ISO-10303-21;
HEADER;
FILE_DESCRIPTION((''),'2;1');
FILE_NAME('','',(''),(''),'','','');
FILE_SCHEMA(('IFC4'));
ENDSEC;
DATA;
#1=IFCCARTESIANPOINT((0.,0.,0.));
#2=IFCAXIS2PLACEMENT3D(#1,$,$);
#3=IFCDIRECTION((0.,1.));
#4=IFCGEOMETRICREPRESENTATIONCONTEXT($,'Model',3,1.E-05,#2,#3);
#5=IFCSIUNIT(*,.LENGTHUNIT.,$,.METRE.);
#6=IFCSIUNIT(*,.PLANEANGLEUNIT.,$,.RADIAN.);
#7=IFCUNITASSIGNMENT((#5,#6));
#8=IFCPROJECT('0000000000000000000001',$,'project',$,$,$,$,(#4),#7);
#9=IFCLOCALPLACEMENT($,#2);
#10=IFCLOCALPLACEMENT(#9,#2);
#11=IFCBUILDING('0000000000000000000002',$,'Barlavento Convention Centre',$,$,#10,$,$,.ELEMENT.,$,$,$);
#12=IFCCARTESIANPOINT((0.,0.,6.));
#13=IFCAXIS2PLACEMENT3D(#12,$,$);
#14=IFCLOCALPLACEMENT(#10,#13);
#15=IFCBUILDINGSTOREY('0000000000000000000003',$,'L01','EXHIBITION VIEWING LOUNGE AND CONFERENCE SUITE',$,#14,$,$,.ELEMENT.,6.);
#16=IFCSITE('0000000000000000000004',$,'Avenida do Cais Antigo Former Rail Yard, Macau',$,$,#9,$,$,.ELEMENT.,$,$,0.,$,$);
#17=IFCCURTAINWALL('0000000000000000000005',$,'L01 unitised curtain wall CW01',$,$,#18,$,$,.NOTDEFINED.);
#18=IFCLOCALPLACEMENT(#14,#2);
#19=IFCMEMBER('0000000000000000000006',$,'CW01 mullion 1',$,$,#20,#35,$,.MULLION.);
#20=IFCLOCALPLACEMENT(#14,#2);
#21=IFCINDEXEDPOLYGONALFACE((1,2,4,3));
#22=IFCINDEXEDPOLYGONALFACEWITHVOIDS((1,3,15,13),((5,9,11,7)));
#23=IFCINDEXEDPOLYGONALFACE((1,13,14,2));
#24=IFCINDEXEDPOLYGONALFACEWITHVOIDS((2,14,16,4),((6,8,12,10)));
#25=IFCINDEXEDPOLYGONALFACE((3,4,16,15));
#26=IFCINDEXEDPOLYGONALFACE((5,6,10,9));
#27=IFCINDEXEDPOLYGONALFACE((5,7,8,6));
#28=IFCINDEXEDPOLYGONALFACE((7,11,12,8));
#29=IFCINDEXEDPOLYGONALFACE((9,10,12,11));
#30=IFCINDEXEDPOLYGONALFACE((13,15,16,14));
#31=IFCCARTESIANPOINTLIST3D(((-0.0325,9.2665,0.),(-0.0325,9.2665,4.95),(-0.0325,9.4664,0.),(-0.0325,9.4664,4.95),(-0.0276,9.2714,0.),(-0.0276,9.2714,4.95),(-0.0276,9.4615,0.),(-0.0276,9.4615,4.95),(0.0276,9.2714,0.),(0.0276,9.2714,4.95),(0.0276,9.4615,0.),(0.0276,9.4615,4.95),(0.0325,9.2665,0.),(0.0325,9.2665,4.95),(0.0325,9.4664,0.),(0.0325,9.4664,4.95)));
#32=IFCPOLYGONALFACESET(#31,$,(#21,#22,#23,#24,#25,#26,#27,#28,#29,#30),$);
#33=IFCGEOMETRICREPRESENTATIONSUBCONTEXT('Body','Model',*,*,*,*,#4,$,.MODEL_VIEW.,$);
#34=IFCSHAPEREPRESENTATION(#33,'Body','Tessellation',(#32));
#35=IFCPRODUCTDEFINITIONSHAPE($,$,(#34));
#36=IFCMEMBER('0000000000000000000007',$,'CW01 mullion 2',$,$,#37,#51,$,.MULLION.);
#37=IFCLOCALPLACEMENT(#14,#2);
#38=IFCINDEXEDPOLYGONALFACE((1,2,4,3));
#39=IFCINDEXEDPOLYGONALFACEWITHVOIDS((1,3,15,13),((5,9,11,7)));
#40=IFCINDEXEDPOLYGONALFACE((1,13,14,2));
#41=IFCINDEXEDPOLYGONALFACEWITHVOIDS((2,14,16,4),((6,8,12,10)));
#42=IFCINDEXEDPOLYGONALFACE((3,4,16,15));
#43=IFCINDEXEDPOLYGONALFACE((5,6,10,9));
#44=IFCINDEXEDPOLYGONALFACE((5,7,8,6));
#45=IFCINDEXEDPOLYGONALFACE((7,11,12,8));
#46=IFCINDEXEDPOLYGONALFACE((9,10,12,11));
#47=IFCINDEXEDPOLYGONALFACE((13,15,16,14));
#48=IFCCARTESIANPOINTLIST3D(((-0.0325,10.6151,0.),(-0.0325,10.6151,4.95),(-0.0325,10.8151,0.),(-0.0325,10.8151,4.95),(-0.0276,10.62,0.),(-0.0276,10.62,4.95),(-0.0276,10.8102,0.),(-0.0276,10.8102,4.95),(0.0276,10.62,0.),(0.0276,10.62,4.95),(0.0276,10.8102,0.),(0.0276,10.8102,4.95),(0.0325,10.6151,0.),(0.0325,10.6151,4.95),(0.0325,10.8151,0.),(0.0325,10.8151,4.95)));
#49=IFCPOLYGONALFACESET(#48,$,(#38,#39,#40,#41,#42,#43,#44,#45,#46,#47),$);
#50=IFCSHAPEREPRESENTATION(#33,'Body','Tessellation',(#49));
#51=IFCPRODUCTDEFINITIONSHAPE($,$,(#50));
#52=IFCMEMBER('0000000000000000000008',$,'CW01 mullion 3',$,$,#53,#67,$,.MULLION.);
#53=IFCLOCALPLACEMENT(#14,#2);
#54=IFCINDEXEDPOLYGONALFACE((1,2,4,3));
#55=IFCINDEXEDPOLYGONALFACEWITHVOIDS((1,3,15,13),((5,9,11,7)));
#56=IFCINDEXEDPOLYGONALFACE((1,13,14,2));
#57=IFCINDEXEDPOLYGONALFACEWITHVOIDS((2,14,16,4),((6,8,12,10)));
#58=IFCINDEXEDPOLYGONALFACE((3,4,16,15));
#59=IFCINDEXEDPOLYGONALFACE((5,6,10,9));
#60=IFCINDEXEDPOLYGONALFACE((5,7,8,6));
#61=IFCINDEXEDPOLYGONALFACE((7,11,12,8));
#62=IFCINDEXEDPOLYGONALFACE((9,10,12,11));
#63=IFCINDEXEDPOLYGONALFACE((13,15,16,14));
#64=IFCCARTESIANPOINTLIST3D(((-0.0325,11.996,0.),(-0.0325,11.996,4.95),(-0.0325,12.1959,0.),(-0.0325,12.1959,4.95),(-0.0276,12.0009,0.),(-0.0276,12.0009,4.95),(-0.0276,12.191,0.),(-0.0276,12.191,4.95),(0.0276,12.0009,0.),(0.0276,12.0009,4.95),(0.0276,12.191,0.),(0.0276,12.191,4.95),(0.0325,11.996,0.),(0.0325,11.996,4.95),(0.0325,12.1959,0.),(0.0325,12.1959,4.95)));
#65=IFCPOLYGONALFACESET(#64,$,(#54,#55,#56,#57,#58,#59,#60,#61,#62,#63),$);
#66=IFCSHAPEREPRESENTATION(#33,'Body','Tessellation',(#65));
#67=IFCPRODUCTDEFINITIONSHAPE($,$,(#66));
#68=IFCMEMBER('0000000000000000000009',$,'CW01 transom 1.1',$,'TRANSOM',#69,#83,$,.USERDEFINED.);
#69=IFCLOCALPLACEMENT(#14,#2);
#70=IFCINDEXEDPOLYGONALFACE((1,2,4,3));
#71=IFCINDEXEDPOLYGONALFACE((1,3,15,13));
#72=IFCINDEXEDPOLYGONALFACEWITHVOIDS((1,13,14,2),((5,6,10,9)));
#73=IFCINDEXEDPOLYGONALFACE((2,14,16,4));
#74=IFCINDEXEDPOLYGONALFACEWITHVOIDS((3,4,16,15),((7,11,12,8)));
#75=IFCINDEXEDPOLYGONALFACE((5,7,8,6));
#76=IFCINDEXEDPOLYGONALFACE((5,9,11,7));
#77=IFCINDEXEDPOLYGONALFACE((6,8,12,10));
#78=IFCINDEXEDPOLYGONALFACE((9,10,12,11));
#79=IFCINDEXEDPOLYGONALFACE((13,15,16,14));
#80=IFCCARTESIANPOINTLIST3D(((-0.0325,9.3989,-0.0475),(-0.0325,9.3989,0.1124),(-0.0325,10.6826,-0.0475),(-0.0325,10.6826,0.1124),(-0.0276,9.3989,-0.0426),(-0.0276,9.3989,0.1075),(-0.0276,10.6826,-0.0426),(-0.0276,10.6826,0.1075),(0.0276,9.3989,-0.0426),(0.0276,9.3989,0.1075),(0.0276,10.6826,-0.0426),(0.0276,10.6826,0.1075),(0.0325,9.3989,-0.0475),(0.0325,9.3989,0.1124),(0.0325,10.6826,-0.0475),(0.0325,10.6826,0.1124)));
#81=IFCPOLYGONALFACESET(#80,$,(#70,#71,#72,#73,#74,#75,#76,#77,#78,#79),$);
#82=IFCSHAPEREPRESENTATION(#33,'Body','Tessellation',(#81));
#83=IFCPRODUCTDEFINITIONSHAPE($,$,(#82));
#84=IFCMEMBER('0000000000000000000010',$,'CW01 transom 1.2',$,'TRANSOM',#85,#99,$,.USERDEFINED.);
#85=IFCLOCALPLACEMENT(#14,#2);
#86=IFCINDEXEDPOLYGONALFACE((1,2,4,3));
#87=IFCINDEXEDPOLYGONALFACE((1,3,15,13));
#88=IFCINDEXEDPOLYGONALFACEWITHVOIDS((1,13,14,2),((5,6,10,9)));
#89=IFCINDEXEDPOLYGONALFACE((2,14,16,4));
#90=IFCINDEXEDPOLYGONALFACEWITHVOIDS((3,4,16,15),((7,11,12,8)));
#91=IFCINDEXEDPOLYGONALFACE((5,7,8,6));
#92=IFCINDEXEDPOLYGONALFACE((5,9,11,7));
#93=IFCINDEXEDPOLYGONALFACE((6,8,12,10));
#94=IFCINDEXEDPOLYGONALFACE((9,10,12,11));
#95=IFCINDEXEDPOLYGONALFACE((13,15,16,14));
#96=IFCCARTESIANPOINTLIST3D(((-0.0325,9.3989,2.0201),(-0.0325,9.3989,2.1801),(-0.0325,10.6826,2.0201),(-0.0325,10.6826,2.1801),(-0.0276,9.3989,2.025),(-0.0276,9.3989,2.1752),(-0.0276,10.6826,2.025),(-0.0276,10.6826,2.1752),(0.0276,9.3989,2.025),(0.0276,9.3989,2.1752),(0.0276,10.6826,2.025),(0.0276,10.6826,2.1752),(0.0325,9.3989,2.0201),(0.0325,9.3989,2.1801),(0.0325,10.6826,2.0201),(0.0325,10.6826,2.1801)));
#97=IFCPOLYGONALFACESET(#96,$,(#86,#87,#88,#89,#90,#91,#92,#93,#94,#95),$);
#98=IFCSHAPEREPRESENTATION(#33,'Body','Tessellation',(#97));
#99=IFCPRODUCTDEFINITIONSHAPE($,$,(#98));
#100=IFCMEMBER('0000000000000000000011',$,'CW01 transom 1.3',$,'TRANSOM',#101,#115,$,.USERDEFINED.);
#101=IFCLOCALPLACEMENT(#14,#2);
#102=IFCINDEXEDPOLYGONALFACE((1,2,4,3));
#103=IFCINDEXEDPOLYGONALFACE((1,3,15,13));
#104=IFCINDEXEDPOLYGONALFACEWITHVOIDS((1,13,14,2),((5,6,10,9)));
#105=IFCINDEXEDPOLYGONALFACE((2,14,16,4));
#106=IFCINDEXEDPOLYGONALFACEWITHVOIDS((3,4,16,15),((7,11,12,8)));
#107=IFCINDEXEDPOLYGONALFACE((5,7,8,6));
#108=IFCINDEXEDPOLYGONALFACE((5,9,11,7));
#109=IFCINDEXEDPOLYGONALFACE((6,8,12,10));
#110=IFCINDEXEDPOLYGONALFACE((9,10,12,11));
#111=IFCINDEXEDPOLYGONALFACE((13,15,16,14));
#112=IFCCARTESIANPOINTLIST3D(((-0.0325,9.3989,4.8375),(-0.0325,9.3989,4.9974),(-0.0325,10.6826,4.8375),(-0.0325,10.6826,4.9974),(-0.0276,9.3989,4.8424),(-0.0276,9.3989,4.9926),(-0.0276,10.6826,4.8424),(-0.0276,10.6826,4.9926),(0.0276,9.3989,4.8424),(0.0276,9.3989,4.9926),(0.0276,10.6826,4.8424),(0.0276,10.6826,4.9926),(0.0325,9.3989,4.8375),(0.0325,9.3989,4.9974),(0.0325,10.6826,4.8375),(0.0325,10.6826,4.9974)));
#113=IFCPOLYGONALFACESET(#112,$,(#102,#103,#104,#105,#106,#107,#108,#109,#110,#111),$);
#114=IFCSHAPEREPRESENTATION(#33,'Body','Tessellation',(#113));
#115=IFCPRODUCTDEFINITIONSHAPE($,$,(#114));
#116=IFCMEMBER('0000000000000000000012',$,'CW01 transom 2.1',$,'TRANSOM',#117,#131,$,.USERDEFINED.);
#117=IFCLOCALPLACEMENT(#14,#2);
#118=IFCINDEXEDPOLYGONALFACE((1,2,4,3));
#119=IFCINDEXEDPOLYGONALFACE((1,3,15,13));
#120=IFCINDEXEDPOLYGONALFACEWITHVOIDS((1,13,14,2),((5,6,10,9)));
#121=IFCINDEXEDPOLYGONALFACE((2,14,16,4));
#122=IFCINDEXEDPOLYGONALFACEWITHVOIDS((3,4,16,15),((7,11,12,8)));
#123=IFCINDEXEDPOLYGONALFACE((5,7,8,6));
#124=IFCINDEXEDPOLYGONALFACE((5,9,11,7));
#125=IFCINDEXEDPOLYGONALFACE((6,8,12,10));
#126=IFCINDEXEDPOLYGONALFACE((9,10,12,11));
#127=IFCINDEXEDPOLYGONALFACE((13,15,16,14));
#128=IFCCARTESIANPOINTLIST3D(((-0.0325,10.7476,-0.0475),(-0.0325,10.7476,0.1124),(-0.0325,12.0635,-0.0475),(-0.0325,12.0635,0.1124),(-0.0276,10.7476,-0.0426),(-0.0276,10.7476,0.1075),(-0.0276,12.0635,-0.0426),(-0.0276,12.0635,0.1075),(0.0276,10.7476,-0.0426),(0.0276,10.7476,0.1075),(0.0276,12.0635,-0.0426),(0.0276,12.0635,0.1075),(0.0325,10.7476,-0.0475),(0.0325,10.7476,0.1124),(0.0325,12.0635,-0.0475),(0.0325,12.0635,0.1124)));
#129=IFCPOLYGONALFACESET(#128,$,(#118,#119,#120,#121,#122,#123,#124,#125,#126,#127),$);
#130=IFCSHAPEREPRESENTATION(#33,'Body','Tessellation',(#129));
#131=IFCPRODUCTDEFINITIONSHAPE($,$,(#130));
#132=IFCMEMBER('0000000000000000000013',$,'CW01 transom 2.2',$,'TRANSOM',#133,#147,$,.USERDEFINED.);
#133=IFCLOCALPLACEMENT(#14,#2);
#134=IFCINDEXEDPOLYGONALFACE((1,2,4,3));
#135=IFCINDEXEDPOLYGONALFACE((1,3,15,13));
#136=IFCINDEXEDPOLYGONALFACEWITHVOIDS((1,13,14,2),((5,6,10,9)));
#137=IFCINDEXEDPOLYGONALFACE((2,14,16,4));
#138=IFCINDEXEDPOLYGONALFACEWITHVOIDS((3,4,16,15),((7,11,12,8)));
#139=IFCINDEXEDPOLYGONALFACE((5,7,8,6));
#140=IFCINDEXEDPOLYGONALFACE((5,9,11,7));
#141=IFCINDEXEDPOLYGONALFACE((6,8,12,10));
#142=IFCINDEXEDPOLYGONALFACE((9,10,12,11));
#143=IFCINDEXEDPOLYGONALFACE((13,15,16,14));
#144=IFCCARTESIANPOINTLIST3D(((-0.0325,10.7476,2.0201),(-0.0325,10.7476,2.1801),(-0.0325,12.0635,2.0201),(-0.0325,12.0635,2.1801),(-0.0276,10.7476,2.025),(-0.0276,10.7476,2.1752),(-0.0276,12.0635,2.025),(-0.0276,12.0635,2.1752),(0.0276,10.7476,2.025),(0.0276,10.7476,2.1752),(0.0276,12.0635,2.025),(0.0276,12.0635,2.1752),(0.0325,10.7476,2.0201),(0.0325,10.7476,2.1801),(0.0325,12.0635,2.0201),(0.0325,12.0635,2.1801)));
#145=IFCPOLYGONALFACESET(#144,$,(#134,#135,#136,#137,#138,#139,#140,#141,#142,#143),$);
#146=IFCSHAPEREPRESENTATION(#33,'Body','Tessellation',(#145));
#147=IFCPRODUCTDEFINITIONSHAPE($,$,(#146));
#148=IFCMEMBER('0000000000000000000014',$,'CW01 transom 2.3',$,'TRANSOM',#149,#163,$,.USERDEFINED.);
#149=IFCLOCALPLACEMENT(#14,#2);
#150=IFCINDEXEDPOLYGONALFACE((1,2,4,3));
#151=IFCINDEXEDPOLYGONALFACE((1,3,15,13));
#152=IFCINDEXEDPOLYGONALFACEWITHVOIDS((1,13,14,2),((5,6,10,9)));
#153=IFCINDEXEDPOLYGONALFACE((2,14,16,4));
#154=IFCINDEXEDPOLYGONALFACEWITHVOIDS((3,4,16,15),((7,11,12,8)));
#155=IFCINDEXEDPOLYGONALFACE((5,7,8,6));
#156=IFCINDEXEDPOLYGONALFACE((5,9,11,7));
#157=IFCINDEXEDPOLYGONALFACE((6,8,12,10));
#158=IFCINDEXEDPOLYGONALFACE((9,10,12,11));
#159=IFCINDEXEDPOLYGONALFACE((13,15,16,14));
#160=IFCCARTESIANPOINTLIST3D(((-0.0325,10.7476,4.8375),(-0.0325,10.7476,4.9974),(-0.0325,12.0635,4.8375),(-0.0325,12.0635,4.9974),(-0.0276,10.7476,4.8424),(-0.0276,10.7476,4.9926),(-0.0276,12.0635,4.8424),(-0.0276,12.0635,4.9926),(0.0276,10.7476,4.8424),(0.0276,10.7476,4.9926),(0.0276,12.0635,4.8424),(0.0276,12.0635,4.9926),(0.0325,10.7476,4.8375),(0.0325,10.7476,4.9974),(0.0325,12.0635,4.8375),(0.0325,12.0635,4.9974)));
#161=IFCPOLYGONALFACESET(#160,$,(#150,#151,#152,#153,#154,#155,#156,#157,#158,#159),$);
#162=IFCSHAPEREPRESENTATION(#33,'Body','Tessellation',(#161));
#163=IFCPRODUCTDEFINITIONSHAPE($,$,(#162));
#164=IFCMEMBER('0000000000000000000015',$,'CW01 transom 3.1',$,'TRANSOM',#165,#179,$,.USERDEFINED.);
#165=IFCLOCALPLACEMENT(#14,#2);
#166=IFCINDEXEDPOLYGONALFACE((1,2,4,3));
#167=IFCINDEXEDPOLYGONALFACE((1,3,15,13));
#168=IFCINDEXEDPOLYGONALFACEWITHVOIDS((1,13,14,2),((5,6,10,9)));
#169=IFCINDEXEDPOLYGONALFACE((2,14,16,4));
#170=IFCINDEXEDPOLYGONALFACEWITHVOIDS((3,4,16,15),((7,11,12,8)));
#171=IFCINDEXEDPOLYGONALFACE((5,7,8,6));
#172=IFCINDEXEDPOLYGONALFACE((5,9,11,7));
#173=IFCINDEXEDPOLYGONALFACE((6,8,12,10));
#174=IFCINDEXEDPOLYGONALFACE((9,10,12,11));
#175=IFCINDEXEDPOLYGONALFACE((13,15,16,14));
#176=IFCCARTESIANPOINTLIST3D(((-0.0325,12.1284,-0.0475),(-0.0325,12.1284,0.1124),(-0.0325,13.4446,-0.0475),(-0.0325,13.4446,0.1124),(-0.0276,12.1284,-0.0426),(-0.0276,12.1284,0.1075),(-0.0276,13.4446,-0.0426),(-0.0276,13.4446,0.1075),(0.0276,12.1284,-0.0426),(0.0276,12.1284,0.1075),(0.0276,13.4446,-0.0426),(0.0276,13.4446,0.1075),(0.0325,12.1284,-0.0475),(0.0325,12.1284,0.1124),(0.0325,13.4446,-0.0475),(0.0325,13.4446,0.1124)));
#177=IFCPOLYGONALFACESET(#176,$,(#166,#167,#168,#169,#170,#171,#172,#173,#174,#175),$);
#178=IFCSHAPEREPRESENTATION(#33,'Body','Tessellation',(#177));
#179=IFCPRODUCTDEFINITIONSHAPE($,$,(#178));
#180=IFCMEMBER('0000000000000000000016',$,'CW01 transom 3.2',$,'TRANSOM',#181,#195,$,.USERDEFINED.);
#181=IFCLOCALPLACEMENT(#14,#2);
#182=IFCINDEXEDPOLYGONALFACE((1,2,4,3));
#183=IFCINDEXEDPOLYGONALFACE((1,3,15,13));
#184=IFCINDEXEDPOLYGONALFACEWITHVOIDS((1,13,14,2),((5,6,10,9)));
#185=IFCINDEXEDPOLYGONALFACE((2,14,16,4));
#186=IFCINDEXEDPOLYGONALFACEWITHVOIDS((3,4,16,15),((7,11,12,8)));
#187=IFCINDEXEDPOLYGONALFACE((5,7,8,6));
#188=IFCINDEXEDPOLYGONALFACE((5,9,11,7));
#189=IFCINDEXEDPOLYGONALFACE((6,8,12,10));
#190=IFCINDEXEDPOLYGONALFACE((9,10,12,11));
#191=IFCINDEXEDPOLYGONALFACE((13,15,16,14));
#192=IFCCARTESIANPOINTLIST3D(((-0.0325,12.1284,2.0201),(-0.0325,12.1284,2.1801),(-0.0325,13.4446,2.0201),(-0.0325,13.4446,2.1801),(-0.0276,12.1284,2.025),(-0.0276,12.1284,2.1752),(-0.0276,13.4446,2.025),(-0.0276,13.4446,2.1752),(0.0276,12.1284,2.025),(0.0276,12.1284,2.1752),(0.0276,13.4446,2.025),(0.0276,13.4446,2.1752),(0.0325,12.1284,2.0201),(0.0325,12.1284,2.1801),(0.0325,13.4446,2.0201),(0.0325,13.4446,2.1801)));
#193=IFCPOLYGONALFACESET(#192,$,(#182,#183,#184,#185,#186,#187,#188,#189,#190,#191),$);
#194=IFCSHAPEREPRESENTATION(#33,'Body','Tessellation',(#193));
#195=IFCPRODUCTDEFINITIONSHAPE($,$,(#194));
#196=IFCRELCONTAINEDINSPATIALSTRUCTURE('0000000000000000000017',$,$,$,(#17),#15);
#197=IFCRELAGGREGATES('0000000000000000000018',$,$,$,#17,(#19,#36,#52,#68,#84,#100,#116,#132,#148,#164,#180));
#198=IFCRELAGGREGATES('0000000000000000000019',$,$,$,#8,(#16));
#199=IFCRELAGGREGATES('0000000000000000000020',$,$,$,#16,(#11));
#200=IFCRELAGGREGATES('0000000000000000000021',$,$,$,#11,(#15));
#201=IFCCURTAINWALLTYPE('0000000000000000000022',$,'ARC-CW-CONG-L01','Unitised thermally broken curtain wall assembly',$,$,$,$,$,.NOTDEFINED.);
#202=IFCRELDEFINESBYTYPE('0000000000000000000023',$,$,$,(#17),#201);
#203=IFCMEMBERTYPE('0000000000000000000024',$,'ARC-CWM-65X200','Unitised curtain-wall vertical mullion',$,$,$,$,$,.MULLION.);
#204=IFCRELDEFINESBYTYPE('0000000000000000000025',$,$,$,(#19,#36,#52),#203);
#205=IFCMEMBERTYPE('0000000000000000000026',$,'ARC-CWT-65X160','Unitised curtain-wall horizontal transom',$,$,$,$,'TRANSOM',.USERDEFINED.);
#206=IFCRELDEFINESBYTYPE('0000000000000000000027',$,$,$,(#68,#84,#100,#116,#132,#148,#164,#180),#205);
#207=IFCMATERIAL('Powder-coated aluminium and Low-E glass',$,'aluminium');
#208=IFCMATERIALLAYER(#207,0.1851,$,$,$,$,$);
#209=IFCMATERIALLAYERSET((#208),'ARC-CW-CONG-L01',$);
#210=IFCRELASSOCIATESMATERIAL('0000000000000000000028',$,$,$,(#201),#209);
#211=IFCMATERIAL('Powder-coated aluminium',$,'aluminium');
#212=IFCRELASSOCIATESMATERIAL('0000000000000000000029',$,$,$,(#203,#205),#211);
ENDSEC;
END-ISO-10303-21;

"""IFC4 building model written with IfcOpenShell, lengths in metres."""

from ifc_helpers import new_model, si_unit, direction, frame, origin, origin_2d, place, context, subcontext, project, spatial, hollow_rectangle, extrude, material, layer, layer_set, material_profile, profile_set, type_object, element, aggregate, save


model = new_model("IFC4")

# Units and contexts
model_context = context("Model", 3, precision=1e-05, world=origin(), true_north=direction((0.0, 1.0)))
body_context = subcontext(model_context, "Body", "Model", "MODEL_VIEW")
ifc_project = project(units=[si_unit("LENGTHUNIT", "METRE"), si_unit("PLANEANGLEUNIT", "RADIAN")], contexts=[model_context])

# Site, building, storey
site_placement = place(None, origin())
site = spatial("IfcSite", under=ifc_project, at=site_placement, Name="Avenida do Cais Antigo Former Rail Yard, Macau", CompositionType="ELEMENT", RefElevation=0.0)
building_placement = place(site_placement, origin())
building = spatial("IfcBuilding", under=site, at=building_placement, Name="Barlavento Convention Centre", CompositionType="ELEMENT")
storey_placement = place(building_placement, frame((0.0, 0.0, 6.0)))
storey = spatial("IfcBuildingStorey", under=building, at=storey_placement, Name="L01", Description="EXHIBITION VIEWING LOUNGE AND CONFERENCE SUITE", CompositionType="ELEMENT", Elevation=6.0)

# Curtain wall, members
ifc_material_1 = material(Name="Powder-coated aluminium and Low-E glass", Category="aluminium")
ifc_layer_1 = layer(ifc_material_1, 0.1851)
ifc_layer_set_1 = layer_set([ifc_layer_1], Name="ARC-CW-CONG-L01")
curtain_wall_type = type_object("IfcCurtainWallType", Name="ARC-CW-CONG-L01", Description="Unitised thermally broken curtain wall assembly", PredefinedType="NOTDEFINED", material=ifc_layer_set_1)
curtain_wall_placement = place(storey_placement, origin())
curtain_wall = element("IfcCurtainWall", 1, at=curtain_wall_placement, inside=storey, type_object=curtain_wall_type, Name="L01 unitised curtain wall CW01", PredefinedType="NOTDEFINED")
ifc_material_2 = material(Name="Powder-coated aluminium", Category="aluminium")
ifc_material_profile_1 = material_profile(ifc_material_2, hollow_rectangle(XDim=0.0649, YDim=0.2, WallThickness=0.0049, at=origin_2d()), Name="AL-MULL 65x200x5")
ifc_profile_set_1 = profile_set([ifc_material_profile_1], Name="Powder-coated aluminium")
member_type_1 = type_object("IfcMemberType", Name="ARC-CWM-65X200", Description="Unitised curtain-wall vertical mullion", PredefinedType="MULLION", material=ifc_profile_set_1)
member_1_placement = place(storey_placement, frame((0.0, 9.3665, 0.0), z_axis=(0.0, 0.0, 1.0), x_axis=(-1.0, 0.0, 0.0)))
member_1 = element("IfcMember", 2, at=member_1_placement, type_object=member_type_1, Name="CW01 mullion 1", PredefinedType="MULLION", context=body_context, shape_type="SweptSolid", body=[
    extrude(hollow_rectangle(XDim=0.0649, YDim=0.2, WallThickness=0.0049, at=origin_2d()), origin(), (0.0, 0.0, 1.0), 4.95),
])
member_2_placement = place(storey_placement, frame((0.0, 10.7151, 0.0), z_axis=(0.0, 0.0, 1.0), x_axis=(-1.0, 0.0, 0.0)))
member_2 = element("IfcMember", 3, at=member_2_placement, type_object=member_type_1, Name="CW01 mullion 2", PredefinedType="MULLION", context=body_context, shape_type="SweptSolid", body=[
    extrude(hollow_rectangle(XDim=0.0649, YDim=0.2, WallThickness=0.0049, at=origin_2d()), origin(), (0.0, 0.0, 1.0), 4.95),
])
member_3_placement = place(storey_placement, frame((0.0, 12.0959, 0.0), z_axis=(0.0, 0.0, 1.0), x_axis=(-1.0, 0.0, 0.0)))
member_3 = element("IfcMember", 4, at=member_3_placement, type_object=member_type_1, Name="CW01 mullion 3", PredefinedType="MULLION", context=body_context, shape_type="SweptSolid", body=[
    extrude(hollow_rectangle(XDim=0.0649, YDim=0.2, WallThickness=0.0049, at=origin_2d()), origin(), (0.0, 0.0, 1.0), 4.95),
])
ifc_material_profile_2 = material_profile(ifc_material_2, hollow_rectangle(XDim=0.0649, YDim=0.1599, WallThickness=0.0049, at=origin_2d()), Name="AL-TRAN 65x160x5")
ifc_profile_set_2 = profile_set([ifc_material_profile_2], Name="Powder-coated aluminium")
member_type_2 = type_object("IfcMemberType", Name="ARC-CWT-65X160", Description="Unitised curtain-wall horizontal transom", ElementType="TRANSOM", PredefinedType="USERDEFINED", material=ifc_profile_set_2)
member_4_placement = place(storey_placement, frame((0.0, 9.3989, 0.0325), z_axis=(0.0, 1.0, 0.0), x_axis=(-1.0, 0.0, 0.0)))
member_4 = element("IfcMember", 5, at=member_4_placement, type_object=member_type_2, Name="CW01 transom 1.1", ObjectType="TRANSOM", PredefinedType="USERDEFINED", context=body_context, shape_type="SweptSolid", body=[
    extrude(hollow_rectangle(XDim=0.0649, YDim=0.1599, WallThickness=0.0049, at=origin_2d()), origin(), (0.0, 0.0, 1.0), 1.2837),
])
member_5_placement = place(storey_placement, frame((0.0, 9.3989, 2.1001), z_axis=(0.0, 1.0, 0.0), x_axis=(-1.0, 0.0, 0.0)))
member_5 = element("IfcMember", 6, at=member_5_placement, type_object=member_type_2, Name="CW01 transom 1.2", ObjectType="TRANSOM", PredefinedType="USERDEFINED", context=body_context, shape_type="SweptSolid", body=[
    extrude(hollow_rectangle(XDim=0.0649, YDim=0.1599, WallThickness=0.0049, at=origin_2d()), origin(), (0.0, 0.0, 1.0), 1.2837),
])
member_6_placement = place(storey_placement, frame((0.0, 9.3989, 4.9175), z_axis=(0.0, 1.0, 0.0), x_axis=(-1.0, 0.0, 0.0)))
member_6 = element("IfcMember", 7, at=member_6_placement, type_object=member_type_2, Name="CW01 transom 1.3", ObjectType="TRANSOM", PredefinedType="USERDEFINED", context=body_context, shape_type="SweptSolid", body=[
    extrude(hollow_rectangle(XDim=0.0649, YDim=0.1599, WallThickness=0.0049, at=origin_2d()), origin(), (0.0, 0.0, 1.0), 1.2837),
])
member_7_placement = place(storey_placement, frame((0.0, 10.7476, 0.0325), z_axis=(0.0, 1.0, 0.0), x_axis=(-1.0, 0.0, 0.0)))
member_7 = element("IfcMember", 8, at=member_7_placement, type_object=member_type_2, Name="CW01 transom 2.1", ObjectType="TRANSOM", PredefinedType="USERDEFINED", context=body_context, shape_type="SweptSolid", body=[
    extrude(hollow_rectangle(XDim=0.0649, YDim=0.1599, WallThickness=0.0049, at=origin_2d()), origin(), (0.0, 0.0, 1.0), 1.3159),
])
member_8_placement = place(storey_placement, frame((0.0, 10.7476, 2.1001), z_axis=(0.0, 1.0, 0.0), x_axis=(-1.0, 0.0, 0.0)))
member_8 = element("IfcMember", 9, at=member_8_placement, type_object=member_type_2, Name="CW01 transom 2.2", ObjectType="TRANSOM", PredefinedType="USERDEFINED", context=body_context, shape_type="SweptSolid", body=[
    extrude(hollow_rectangle(XDim=0.0649, YDim=0.1599, WallThickness=0.0049, at=origin_2d()), origin(), (0.0, 0.0, 1.0), 1.3159),
])
member_9_placement = place(storey_placement, frame((0.0, 10.7476, 4.9175), z_axis=(0.0, 1.0, 0.0), x_axis=(-1.0, 0.0, 0.0)))
member_9 = element("IfcMember", 10, at=member_9_placement, type_object=member_type_2, Name="CW01 transom 2.3", ObjectType="TRANSOM", PredefinedType="USERDEFINED", context=body_context, shape_type="SweptSolid", body=[
    extrude(hollow_rectangle(XDim=0.0649, YDim=0.1599, WallThickness=0.0049, at=origin_2d()), origin(), (0.0, 0.0, 1.0), 1.3159),
])
member_10_placement = place(storey_placement, frame((0.0, 12.1284, 0.0325), z_axis=(0.0, 1.0, 0.0), x_axis=(-1.0, 0.0, 0.0)))
member_10 = element("IfcMember", 11, at=member_10_placement, type_object=member_type_2, Name="CW01 transom 3.1", ObjectType="TRANSOM", PredefinedType="USERDEFINED", context=body_context, shape_type="SweptSolid", body=[
    extrude(hollow_rectangle(XDim=0.0649, YDim=0.1599, WallThickness=0.0049, at=origin_2d()), origin(), (0.0, 0.0, 1.0), 1.3162),
])
member_11_placement = place(storey_placement, frame((0.0, 12.1284, 2.1001), z_axis=(0.0, 1.0, 0.0), x_axis=(-1.0, 0.0, 0.0)))
member_11 = element("IfcMember", 12, at=member_11_placement, type_object=member_type_2, Name="CW01 transom 3.2", ObjectType="TRANSOM", PredefinedType="USERDEFINED", context=body_context, shape_type="SweptSolid", body=[
    extrude(hollow_rectangle(XDim=0.0649, YDim=0.1599, WallThickness=0.0049, at=origin_2d()), origin(), (0.0, 0.0, 1.0), 1.3162),
])

aggregate(curtain_wall, [member_1, member_2, member_3, member_4, member_5, member_6, member_7, member_8, member_9, member_10, member_11])

save(model, "model.ifc")
